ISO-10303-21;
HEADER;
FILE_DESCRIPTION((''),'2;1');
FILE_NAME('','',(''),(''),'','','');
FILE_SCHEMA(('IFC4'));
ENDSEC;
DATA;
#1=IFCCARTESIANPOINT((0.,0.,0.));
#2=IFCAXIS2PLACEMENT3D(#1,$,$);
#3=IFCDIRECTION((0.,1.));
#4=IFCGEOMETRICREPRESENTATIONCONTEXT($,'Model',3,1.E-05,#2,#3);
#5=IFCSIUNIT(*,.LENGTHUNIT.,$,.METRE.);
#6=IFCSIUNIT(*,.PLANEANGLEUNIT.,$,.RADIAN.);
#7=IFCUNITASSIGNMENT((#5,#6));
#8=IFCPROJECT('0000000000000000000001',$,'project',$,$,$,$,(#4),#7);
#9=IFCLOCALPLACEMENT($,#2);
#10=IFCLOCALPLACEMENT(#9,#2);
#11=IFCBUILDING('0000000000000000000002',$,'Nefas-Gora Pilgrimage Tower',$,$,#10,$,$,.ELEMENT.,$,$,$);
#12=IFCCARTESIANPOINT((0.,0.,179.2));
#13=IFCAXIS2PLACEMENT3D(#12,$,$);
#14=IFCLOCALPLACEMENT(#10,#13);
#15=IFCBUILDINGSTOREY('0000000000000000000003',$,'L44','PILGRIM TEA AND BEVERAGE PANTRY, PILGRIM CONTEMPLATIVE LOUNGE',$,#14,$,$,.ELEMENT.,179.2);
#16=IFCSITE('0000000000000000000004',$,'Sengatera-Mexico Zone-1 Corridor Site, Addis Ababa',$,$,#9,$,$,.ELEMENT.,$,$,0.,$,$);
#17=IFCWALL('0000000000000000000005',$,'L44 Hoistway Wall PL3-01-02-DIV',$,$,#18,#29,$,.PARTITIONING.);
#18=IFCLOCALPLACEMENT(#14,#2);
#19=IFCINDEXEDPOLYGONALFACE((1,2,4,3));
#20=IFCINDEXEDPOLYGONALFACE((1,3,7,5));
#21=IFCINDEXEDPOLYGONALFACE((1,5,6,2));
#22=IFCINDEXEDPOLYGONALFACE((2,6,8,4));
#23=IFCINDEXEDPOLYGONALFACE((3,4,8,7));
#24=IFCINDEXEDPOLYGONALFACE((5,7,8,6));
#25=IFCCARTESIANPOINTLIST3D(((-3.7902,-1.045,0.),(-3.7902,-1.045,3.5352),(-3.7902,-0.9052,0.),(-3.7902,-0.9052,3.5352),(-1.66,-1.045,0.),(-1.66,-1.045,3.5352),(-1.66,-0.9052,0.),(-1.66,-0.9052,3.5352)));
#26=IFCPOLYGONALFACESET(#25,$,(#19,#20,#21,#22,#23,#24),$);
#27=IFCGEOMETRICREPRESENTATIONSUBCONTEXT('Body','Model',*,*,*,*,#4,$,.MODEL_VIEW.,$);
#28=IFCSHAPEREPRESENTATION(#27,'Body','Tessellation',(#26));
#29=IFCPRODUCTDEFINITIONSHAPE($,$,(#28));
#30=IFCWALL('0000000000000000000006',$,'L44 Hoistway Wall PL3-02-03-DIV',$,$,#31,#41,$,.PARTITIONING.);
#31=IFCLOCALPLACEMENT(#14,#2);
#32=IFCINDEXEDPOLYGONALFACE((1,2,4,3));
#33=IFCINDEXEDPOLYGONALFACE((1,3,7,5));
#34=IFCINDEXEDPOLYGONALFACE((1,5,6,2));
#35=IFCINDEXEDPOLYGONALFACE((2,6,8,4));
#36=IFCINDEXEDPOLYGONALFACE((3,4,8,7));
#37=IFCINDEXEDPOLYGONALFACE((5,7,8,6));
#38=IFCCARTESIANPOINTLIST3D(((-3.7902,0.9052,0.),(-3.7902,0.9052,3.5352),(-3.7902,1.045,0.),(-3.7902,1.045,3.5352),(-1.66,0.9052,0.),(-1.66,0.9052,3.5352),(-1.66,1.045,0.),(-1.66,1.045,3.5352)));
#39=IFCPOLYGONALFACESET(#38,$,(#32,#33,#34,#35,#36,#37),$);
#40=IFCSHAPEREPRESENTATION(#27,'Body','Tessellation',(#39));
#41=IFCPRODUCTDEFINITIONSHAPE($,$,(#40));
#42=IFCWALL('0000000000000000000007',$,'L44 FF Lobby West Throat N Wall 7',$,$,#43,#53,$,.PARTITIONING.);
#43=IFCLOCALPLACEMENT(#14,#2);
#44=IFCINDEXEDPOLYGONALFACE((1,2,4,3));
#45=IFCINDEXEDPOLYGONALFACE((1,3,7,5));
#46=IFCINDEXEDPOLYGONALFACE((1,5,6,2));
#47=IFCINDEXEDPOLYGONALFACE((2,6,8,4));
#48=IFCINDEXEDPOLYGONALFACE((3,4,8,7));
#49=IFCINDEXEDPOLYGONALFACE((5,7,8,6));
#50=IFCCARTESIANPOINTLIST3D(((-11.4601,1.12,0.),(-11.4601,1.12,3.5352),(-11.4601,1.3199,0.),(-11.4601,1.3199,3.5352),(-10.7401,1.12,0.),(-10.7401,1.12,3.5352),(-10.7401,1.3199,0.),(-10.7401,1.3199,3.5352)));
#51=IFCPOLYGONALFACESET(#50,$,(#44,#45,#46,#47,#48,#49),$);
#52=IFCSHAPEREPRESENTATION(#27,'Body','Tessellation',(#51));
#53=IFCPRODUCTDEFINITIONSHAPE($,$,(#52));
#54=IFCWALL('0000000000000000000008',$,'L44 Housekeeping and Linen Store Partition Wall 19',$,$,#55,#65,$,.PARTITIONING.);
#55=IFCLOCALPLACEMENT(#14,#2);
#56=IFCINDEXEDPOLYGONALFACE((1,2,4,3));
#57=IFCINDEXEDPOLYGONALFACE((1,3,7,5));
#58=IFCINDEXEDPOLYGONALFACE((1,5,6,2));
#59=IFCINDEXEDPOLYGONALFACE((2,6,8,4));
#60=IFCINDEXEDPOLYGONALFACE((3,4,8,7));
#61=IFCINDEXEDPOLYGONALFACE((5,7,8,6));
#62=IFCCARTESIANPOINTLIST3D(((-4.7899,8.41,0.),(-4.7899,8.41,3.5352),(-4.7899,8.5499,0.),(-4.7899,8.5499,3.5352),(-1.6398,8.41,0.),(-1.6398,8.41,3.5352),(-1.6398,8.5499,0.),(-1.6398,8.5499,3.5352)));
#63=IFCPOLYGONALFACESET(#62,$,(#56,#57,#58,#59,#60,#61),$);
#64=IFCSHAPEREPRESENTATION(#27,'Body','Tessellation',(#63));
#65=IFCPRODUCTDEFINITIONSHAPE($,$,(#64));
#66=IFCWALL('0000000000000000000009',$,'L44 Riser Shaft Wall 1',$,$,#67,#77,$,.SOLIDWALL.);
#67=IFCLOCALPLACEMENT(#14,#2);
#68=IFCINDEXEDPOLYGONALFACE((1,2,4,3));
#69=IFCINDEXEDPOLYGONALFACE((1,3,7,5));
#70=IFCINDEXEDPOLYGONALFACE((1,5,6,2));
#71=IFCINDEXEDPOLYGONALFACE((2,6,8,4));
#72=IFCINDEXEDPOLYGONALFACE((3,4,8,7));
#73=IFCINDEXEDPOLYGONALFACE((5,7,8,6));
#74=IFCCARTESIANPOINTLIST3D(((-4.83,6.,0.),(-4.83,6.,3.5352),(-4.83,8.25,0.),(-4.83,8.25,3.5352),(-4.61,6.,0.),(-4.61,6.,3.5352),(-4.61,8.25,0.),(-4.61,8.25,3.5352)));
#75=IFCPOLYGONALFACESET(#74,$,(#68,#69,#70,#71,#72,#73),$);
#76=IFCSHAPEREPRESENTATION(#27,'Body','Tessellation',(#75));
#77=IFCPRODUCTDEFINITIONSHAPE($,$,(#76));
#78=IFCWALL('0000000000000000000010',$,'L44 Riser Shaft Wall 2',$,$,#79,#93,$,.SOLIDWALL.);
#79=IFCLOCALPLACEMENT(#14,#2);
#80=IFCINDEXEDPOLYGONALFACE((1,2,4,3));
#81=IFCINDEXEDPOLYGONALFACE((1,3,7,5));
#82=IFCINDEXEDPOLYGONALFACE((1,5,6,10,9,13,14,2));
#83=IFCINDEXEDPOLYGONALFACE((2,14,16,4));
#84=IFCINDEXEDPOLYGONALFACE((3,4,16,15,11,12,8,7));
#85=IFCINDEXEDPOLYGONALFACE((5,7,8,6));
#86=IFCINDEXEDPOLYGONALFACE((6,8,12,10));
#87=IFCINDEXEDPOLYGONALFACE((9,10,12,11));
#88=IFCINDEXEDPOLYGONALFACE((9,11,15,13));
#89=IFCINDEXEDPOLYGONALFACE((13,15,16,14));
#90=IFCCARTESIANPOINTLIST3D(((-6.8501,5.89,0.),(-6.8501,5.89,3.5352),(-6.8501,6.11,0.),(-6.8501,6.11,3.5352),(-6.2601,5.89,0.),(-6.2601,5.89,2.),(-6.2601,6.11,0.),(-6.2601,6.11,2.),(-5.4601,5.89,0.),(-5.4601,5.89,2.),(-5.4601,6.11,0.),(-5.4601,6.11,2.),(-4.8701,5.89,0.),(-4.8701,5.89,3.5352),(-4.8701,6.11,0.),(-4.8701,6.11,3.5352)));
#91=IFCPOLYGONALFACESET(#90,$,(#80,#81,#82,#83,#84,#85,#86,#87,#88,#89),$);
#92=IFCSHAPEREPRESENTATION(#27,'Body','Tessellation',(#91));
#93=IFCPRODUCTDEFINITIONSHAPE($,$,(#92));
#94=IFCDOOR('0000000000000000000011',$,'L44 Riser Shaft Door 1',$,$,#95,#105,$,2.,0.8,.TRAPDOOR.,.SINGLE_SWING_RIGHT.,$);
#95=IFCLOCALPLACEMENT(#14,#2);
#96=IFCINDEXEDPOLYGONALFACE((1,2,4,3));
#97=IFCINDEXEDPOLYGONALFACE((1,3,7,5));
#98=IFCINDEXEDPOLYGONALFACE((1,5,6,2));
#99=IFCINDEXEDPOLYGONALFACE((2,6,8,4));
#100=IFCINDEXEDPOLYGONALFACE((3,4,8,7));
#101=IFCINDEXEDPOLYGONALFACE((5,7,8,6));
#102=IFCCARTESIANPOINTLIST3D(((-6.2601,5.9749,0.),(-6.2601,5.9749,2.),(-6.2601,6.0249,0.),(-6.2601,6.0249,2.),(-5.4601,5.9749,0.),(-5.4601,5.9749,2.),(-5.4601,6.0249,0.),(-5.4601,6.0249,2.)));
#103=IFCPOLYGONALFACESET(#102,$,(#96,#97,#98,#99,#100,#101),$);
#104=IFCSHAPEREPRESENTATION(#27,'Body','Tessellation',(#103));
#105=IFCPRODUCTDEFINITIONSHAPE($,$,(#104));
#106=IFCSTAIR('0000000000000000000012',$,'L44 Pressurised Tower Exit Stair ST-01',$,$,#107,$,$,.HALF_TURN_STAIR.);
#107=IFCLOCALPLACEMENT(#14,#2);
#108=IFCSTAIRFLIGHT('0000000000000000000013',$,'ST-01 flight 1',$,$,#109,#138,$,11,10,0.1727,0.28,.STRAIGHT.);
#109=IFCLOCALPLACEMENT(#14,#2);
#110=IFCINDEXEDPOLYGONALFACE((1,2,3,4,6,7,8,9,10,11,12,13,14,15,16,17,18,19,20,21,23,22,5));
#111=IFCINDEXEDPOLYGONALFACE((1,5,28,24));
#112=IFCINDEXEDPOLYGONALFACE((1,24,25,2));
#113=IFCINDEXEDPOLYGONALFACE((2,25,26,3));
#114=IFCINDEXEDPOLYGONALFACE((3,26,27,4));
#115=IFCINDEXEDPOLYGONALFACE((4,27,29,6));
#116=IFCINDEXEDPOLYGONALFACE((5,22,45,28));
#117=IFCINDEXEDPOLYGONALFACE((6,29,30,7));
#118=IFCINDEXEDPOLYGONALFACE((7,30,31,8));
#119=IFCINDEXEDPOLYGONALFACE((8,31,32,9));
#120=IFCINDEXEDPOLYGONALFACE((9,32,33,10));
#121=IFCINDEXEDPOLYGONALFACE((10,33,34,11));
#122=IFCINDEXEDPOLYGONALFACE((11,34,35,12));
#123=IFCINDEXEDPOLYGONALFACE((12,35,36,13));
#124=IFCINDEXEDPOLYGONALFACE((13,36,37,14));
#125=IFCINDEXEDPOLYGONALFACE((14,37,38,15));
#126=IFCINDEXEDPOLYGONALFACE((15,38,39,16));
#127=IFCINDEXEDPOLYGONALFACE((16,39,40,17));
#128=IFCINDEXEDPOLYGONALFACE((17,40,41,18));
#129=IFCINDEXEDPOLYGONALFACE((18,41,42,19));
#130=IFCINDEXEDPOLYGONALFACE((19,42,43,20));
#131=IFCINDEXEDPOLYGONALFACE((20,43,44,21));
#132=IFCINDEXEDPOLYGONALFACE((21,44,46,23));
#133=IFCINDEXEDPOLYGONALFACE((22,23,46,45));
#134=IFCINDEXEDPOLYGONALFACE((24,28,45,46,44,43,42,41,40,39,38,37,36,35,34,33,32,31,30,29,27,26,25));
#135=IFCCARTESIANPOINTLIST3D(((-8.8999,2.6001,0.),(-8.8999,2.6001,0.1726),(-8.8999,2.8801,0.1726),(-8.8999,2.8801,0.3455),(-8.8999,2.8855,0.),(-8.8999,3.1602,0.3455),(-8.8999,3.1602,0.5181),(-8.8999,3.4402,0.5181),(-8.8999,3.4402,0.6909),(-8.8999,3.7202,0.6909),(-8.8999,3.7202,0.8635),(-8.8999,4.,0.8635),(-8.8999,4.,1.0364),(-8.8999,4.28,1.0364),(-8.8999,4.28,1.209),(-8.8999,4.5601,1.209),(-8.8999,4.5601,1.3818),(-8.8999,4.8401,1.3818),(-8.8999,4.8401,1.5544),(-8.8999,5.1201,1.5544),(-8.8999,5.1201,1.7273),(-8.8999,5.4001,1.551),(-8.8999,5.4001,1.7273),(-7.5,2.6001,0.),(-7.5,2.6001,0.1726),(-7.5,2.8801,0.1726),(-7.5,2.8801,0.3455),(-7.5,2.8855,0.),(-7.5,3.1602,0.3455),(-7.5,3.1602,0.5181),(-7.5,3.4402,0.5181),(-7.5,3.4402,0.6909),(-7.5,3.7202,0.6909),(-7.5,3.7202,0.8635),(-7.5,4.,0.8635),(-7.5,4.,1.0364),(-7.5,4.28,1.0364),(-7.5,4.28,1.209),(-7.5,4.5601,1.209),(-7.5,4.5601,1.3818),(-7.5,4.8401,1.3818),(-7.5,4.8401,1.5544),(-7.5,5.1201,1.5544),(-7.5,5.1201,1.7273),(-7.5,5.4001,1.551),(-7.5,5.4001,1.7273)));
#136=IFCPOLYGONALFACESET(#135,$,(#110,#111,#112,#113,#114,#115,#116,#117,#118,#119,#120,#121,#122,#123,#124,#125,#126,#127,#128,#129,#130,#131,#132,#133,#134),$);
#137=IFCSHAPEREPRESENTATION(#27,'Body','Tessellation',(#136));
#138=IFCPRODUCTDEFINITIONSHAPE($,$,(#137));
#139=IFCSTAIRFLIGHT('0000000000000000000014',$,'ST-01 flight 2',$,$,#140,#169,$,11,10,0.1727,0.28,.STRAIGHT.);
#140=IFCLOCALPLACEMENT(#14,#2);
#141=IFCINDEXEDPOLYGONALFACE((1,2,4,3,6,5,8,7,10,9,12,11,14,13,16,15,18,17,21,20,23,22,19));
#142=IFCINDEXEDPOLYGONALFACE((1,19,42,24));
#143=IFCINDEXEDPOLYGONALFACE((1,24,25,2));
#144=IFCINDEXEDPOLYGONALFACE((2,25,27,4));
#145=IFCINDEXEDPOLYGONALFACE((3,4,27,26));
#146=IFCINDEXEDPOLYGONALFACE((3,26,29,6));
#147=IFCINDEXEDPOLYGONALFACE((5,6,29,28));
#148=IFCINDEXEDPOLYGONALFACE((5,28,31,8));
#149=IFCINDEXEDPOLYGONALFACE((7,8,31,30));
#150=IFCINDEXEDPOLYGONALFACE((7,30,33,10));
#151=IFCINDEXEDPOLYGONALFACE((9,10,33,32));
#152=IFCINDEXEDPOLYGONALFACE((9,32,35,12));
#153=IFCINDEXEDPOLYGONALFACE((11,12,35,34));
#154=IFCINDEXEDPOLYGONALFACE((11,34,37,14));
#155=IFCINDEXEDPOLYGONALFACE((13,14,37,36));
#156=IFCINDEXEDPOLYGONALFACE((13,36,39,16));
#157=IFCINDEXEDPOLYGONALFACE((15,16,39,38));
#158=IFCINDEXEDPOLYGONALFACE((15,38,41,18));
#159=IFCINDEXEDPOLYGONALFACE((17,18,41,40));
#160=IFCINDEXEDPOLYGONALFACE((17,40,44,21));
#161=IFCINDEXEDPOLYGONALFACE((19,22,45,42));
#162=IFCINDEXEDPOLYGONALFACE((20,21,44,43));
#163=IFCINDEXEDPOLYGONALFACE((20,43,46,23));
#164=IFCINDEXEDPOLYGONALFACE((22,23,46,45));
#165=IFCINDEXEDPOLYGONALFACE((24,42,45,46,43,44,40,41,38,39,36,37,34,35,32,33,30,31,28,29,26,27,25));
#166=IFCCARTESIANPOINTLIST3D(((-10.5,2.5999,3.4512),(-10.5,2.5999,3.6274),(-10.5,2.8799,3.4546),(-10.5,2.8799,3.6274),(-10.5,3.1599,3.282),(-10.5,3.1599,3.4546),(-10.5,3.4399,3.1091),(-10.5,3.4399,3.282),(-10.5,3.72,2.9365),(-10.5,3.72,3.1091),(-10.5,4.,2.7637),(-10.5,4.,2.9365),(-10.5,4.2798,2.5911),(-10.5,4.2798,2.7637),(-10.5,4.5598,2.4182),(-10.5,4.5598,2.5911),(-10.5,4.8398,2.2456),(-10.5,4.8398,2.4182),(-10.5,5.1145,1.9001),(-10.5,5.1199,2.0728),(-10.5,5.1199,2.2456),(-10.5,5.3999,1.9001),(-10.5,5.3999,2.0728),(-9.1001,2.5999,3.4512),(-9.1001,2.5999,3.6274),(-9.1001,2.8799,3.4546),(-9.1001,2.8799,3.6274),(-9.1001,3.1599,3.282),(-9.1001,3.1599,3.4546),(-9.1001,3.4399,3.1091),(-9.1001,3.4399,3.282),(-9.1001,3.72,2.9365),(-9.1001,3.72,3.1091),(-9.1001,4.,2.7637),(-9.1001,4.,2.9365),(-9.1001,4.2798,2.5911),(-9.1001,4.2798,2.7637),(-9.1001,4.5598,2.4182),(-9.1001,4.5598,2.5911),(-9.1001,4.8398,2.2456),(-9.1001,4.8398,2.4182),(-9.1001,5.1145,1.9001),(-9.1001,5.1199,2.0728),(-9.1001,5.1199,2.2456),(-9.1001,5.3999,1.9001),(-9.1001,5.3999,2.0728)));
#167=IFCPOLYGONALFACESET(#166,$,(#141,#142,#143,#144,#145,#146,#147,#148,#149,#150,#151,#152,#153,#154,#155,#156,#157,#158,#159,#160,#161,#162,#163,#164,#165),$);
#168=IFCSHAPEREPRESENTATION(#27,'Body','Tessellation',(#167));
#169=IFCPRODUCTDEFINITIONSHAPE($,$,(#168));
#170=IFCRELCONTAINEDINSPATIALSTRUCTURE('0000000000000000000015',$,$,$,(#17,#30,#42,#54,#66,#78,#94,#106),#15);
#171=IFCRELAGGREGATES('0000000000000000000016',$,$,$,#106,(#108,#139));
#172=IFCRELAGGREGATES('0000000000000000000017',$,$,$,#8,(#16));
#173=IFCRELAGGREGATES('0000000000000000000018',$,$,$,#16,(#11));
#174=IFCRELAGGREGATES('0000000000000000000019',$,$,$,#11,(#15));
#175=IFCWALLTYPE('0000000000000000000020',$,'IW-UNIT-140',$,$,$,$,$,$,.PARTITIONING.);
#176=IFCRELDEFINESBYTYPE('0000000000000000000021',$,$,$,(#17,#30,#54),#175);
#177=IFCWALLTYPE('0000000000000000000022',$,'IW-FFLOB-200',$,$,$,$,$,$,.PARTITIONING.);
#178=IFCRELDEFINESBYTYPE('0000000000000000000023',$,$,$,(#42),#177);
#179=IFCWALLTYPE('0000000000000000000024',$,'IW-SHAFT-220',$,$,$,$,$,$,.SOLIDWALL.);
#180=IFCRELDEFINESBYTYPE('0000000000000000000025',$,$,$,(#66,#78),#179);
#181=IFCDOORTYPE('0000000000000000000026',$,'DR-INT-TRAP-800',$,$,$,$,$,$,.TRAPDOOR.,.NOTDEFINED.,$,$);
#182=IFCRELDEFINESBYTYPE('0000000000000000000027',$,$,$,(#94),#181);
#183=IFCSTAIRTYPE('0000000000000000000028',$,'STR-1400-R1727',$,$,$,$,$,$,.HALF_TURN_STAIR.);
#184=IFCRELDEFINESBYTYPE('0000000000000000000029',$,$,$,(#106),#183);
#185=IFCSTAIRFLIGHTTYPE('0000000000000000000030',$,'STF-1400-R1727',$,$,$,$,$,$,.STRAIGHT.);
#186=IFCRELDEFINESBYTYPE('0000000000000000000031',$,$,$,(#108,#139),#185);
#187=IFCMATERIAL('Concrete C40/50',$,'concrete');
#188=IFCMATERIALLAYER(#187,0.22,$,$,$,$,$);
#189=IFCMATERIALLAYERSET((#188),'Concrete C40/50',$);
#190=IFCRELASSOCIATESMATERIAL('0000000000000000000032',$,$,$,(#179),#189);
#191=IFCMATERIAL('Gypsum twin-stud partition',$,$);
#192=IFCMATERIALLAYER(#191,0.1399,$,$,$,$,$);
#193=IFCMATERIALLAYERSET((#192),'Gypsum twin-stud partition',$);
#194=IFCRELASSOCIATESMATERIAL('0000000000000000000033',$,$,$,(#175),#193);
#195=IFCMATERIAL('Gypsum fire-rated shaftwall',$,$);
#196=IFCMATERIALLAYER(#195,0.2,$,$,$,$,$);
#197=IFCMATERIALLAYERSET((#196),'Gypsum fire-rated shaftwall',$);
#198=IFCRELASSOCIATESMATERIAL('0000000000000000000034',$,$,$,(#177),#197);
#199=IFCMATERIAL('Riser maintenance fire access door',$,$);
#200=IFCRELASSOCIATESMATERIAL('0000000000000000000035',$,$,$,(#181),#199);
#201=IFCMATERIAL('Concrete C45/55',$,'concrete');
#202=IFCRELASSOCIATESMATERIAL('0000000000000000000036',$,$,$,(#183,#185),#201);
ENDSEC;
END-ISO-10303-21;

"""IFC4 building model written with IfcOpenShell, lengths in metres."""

from ifc_helpers import new_model, si_unit, direction, frame, frame_2d, origin, place, context, subcontext, project, spatial, polyline, rectangle, outline, extrude, source, transform, mapped, material, layer, layer_set, type_object, element, fill, aggregate, save


model = new_model("IFC4")

# Units and contexts
model_context = context("Model", 3, precision=1e-05, world=origin(), true_north=direction((0.0, 1.0)))
body_context = subcontext(model_context, "Body", "Model", "MODEL_VIEW")
ifc_project = project(units=[si_unit("LENGTHUNIT", "METRE"), si_unit("PLANEANGLEUNIT", "RADIAN")], contexts=[model_context])

# Site, building, storey
site_placement = place(None, origin())
site = spatial("IfcSite", under=ifc_project, at=site_placement, Name="Sengatera-Mexico Zone-1 Corridor Site, Addis Ababa", CompositionType="ELEMENT", RefElevation=0.0)
building_placement = place(site_placement, origin())
building = spatial("IfcBuilding", under=site, at=building_placement, Name="Nefas-Gora Pilgrimage Tower", CompositionType="ELEMENT")
storey_placement = place(building_placement, frame((0.0, 0.0, 179.2)))
storey = spatial("IfcBuildingStorey", under=building, at=storey_placement, Name="L44", Description="PILGRIM TEA AND BEVERAGE PANTRY, PILGRIM CONTEMPLATIVE LOUNGE", CompositionType="ELEMENT", Elevation=179.2)

# Shared definitions
ifc_material_1 = material(Name="Concrete C45/55", Category="concrete")

# Shared definitions
ifc_material_2 = material(Name="Concrete C40/50", Category="concrete")
ifc_layer_1 = layer(ifc_material_2, 0.22)
ifc_layer_set_1 = layer_set([ifc_layer_1], Name="Concrete C40/50")
wall_type_1 = type_object("IfcWallType", Name="IW-SHAFT-220", PredefinedType="SOLIDWALL", material=ifc_layer_set_1)

# Walls
ifc_material_3 = material(Name="Gypsum twin-stud partition")
ifc_layer_2 = layer(ifc_material_3, 0.1399)
ifc_layer_set_2 = layer_set([ifc_layer_2], Name="Gypsum twin-stud partition")
wall_type_2 = type_object("IfcWallType", Name="IW-UNIT-140", PredefinedType="PARTITIONING", material=ifc_layer_set_2)
shared_shape_1 = source(origin(), body_context, "Body", "SweptSolid", [
    extrude(rectangle(XDim=2.1301, YDim=0.1399, at=frame_2d((1.0649, 0.0))), origin(), (0.0, 0.0, 1.0), 3.5352),
])
for number, where, z_axis, x_axis, name in (
    (1, (-3.79, -0.9751, 0.0), (0.0, 0.0, 1.0), (1.0, 0.0, 0.0), "L44 Hoistway Wall PL3-01-02-DIV"),
    (2, (-3.79, 0.9751, 0.0), (0.0, 0.0, 1.0), (1.0, 0.0, 0.0), "L44 Hoistway Wall PL3-02-03-DIV"),
):
    element("IfcWall", number, at=place(storey_placement, frame(where, z_axis=z_axis, x_axis=x_axis)), inside=storey, type_object=wall_type_2, Name=name, PredefinedType="PARTITIONING", context=body_context, shape_type="MappedRepresentation", body=[
        mapped(shared_shape_1, transform((0.0, 0.0, 0.0), x_axis=(1.0, 0.0, 0.0), y_axis=(0.0, 1.0, 0.0), z_axis=(0.0, 0.0, 1.0), scale=1.0)),
    ])
ifc_material_4 = material(Name="Gypsum fire-rated shaftwall")
ifc_layer_3 = layer(ifc_material_4, 0.2)
ifc_layer_set_3 = layer_set([ifc_layer_3], Name="Gypsum fire-rated shaftwall")
wall_type_3 = type_object("IfcWallType", Name="IW-FFLOB-200", PredefinedType="PARTITIONING", material=ifc_layer_set_3)
shared_shape_2 = source(origin(), body_context, "Body", "SweptSolid", [
    extrude(rectangle(XDim=0.72, YDim=0.2, at=frame_2d((0.3599, 0.0))), origin(), (0.0, 0.0, 1.0), 3.5352),
])
wall_1_placement = place(storey_placement, frame((-11.46, 1.22, 0.0), z_axis=(0.0, 0.0, 1.0), x_axis=(1.0, 0.0, 0.0)))
element("IfcWall", 3, at=wall_1_placement, inside=storey, type_object=wall_type_3, Name="L44 FF Lobby West Throat N Wall 7", PredefinedType="PARTITIONING", context=body_context, shape_type="MappedRepresentation", body=[
    mapped(shared_shape_2, transform((0.0, 0.0, 0.0), x_axis=(1.0, 0.0, 0.0), y_axis=(0.0, 1.0, 0.0), z_axis=(0.0, 0.0, 1.0), scale=1.0)),
])
shared_shape_3 = source(origin(), body_context, "Body", "SweptSolid", [
    extrude(rectangle(XDim=3.1501, YDim=0.1399, at=frame_2d((1.5752, 0.0))), origin(), (0.0, 0.0, 1.0), 3.5352),
])
wall_2_placement = place(storey_placement, frame((-4.79, 8.48, 0.0), z_axis=(0.0, 0.0, 1.0), x_axis=(1.0, 0.0, 0.0)))
element("IfcWall", 4, at=wall_2_placement, inside=storey, type_object=wall_type_2, Name="L44 Housekeeping and Linen Store Partition Wall 19", PredefinedType="PARTITIONING", context=body_context, shape_type="MappedRepresentation", body=[
    mapped(shared_shape_3, transform((0.0, 0.0, 0.0), x_axis=(1.0, 0.0, 0.0), y_axis=(0.0, 1.0, 0.0), z_axis=(0.0, 0.0, 1.0), scale=1.0)),
])
shared_shape_4 = source(origin(), body_context, "Body", "SweptSolid", [
    extrude(rectangle(XDim=2.25, YDim=0.22, at=frame_2d((1.125, 0.0))), origin(), (0.0, 0.0, 1.0), 3.5352),
])
wall_3_placement = place(storey_placement, frame((-4.72, 6.0, 0.0), z_axis=(0.0, 0.0, 1.0), x_axis=(0.0, 1.0, 0.0)))
element("IfcWall", 5, at=wall_3_placement, inside=storey, type_object=wall_type_1, Name="L44 Riser Shaft Wall 1", PredefinedType="SOLIDWALL", context=body_context, shape_type="MappedRepresentation", body=[
    mapped(shared_shape_4, transform((0.0, 0.0, 0.0), x_axis=(1.0, 0.0, 0.0), y_axis=(0.0, 1.0, 0.0), z_axis=(0.0, 0.0, 1.0), scale=1.0)),
])

# Wall, opening, door
shared_shape_5 = source(origin(), body_context, "Body", "SweptSolid", [
    extrude(rectangle(XDim=1.98, YDim=0.22, at=frame_2d((0.99, 0.0))), origin(), (0.0, 0.0, 1.0), 3.5352),
])
wall_4_placement = place(storey_placement, frame((-6.8501, 6.0, 0.0), z_axis=(0.0, 0.0, 1.0), x_axis=(1.0, 0.0, 0.0)))
wall_4 = element("IfcWall", 6, at=wall_4_placement, inside=storey, type_object=wall_type_1, Name="L44 Riser Shaft Wall 2", PredefinedType="SOLIDWALL", context=body_context, shape_type="MappedRepresentation", body=[
    mapped(shared_shape_5, transform((0.0, 0.0, 0.0), x_axis=(1.0, 0.0, 0.0), y_axis=(0.0, 1.0, 0.0), z_axis=(0.0, 0.0, 1.0), scale=1.0)),
])
opening_1_placement = place(wall_4_placement, frame((0.5901, 0.0, 0.0)))
opening_1 = element("IfcOpeningElement", 7, at=opening_1_placement, cuts=wall_4, PredefinedType="OPENING", context=body_context, shape_type="SweptSolid", body=[
    extrude(rectangle(XDim=0.8, YDim=2.0, at=frame_2d((0.3999, 1.0))), frame((0.0, 0.1199, 0.0), z_axis=(0.0, -1.0, 0.0), x_axis=(1.0, 0.0, 0.0)), (0.0, 0.0, 1.0), 0.24),
])
ifc_material_5 = material(Name="Riser maintenance fire access door")
door_type_1 = type_object("IfcDoorType", Name="DR-INT-TRAP-800", OperationType="NOTDEFINED", PredefinedType="TRAPDOOR", material=ifc_material_5)
shared_shape_6 = source(origin(), body_context, "Body", "SweptSolid", [
    extrude(rectangle(XDim=0.8, YDim=2.0, at=frame_2d((0.3999, 1.0))), frame((0.0, 0.0249, 0.0), z_axis=(0.0, -1.0, 0.0), x_axis=(1.0, 0.0, 0.0)), (0.0, 0.0, 1.0), 0.05),
])
door_1_placement = place(opening_1_placement, origin())
door_1 = element("IfcDoor", 8, at=door_1_placement, inside=storey, type_object=door_type_1, Name="L44 Riser Shaft Door 1", OperationType="SINGLE_SWING_RIGHT", OverallHeight=2.0, OverallWidth=0.8, PredefinedType="TRAPDOOR", context=body_context, shape_type="MappedRepresentation", body=[
    mapped(shared_shape_6, transform((0.0, 0.0, 0.0), x_axis=(1.0, 0.0, 0.0), y_axis=(0.0, 1.0, 0.0), z_axis=(0.0, 0.0, 1.0), scale=1.0)),
])
fill(opening_1, door_1)

# Stair, stair flights
stair_type = type_object("IfcStairType", Name="STR-1400-R1727", PredefinedType="HALF_TURN_STAIR", material=ifc_material_1)
stair_placement = place(storey_placement, origin())
stair = element("IfcStair", 9, at=stair_placement, inside=storey, type_object=stair_type, Name="L44 Pressurised Tower Exit Stair ST-01", PredefinedType="HALF_TURN_STAIR")
stair_flight_type = type_object("IfcStairFlightType", Name="STF-1400-R1727", PredefinedType="STRAIGHT", material=ifc_material_1)
shared_shape_7 = source(origin(), body_context, "Body", "SweptSolid", [
    extrude(outline(polyline([(0.0, 0.0), (0.0, 0.1726), (0.28, 0.1726), (0.28, 0.3455), (0.5601, 0.3455), (0.5601, 0.5181), (0.8401, 0.5181), (0.8401, 0.6909), (1.1201, 0.6909), (1.1201, 0.8635), (1.3999, 0.8635), (1.3999, 1.0364), (1.6799, 1.0364), (1.6799, 1.209), (1.96, 1.209), (1.96, 1.3818), (2.24, 1.3818), (2.24, 1.5544), (2.52, 1.5544), (2.52, 1.7273), (2.8, 1.7273), (2.8, 1.8999), (2.8, 1.551), (0.2854, 0.0), (0.0, 0.0)])), frame((0.0, 0.7, 0.0), z_axis=(0.0, -1.0, 0.0), x_axis=(1.0, 0.0, 0.0)), (0.0, 0.0, 1.0), 1.3999),
])
stair_flight_1_placement = place(storey_placement, frame((-8.2, 2.6001, 0.0), z_axis=(0.0, 0.0, 1.0), x_axis=(0.0, 1.0, 0.0)))
stair_flight_1 = element("IfcStairFlight", 10, at=stair_flight_1_placement, type_object=stair_flight_type, Name="ST-01 flight 1", NumberOfRisers=11, NumberOfTreads=10, PredefinedType="STRAIGHT", RiserHeight=0.1727, TreadLength=0.28, context=body_context, shape_type="MappedRepresentation", body=[
    mapped(shared_shape_7, transform((0.0, 0.0, 0.0), x_axis=(1.0, 0.0, 0.0), y_axis=(0.0, 1.0, 0.0), z_axis=(0.0, 0.0, 1.0), scale=1.0)),
])
stair_flight_2_placement = place(storey_placement, frame((-9.8, 5.3999, 1.9001), z_axis=(0.0, 0.0, 1.0), x_axis=(0.0, -1.0, 0.0)))
stair_flight_2 = element("IfcStairFlight", 11, at=stair_flight_2_placement, type_object=stair_flight_type, Name="ST-01 flight 2", NumberOfRisers=11, NumberOfTreads=10, PredefinedType="STRAIGHT", RiserHeight=0.1727, TreadLength=0.28, context=body_context, shape_type="MappedRepresentation", body=[
    mapped(shared_shape_7, transform((0.0, 0.0, 0.0), x_axis=(1.0, 0.0, 0.0), y_axis=(0.0, 1.0, 0.0), z_axis=(0.0, 0.0, 1.0), scale=1.0)),
])
aggregate(stair, [stair_flight_1, stair_flight_2])

save(model, "model.ifc")
